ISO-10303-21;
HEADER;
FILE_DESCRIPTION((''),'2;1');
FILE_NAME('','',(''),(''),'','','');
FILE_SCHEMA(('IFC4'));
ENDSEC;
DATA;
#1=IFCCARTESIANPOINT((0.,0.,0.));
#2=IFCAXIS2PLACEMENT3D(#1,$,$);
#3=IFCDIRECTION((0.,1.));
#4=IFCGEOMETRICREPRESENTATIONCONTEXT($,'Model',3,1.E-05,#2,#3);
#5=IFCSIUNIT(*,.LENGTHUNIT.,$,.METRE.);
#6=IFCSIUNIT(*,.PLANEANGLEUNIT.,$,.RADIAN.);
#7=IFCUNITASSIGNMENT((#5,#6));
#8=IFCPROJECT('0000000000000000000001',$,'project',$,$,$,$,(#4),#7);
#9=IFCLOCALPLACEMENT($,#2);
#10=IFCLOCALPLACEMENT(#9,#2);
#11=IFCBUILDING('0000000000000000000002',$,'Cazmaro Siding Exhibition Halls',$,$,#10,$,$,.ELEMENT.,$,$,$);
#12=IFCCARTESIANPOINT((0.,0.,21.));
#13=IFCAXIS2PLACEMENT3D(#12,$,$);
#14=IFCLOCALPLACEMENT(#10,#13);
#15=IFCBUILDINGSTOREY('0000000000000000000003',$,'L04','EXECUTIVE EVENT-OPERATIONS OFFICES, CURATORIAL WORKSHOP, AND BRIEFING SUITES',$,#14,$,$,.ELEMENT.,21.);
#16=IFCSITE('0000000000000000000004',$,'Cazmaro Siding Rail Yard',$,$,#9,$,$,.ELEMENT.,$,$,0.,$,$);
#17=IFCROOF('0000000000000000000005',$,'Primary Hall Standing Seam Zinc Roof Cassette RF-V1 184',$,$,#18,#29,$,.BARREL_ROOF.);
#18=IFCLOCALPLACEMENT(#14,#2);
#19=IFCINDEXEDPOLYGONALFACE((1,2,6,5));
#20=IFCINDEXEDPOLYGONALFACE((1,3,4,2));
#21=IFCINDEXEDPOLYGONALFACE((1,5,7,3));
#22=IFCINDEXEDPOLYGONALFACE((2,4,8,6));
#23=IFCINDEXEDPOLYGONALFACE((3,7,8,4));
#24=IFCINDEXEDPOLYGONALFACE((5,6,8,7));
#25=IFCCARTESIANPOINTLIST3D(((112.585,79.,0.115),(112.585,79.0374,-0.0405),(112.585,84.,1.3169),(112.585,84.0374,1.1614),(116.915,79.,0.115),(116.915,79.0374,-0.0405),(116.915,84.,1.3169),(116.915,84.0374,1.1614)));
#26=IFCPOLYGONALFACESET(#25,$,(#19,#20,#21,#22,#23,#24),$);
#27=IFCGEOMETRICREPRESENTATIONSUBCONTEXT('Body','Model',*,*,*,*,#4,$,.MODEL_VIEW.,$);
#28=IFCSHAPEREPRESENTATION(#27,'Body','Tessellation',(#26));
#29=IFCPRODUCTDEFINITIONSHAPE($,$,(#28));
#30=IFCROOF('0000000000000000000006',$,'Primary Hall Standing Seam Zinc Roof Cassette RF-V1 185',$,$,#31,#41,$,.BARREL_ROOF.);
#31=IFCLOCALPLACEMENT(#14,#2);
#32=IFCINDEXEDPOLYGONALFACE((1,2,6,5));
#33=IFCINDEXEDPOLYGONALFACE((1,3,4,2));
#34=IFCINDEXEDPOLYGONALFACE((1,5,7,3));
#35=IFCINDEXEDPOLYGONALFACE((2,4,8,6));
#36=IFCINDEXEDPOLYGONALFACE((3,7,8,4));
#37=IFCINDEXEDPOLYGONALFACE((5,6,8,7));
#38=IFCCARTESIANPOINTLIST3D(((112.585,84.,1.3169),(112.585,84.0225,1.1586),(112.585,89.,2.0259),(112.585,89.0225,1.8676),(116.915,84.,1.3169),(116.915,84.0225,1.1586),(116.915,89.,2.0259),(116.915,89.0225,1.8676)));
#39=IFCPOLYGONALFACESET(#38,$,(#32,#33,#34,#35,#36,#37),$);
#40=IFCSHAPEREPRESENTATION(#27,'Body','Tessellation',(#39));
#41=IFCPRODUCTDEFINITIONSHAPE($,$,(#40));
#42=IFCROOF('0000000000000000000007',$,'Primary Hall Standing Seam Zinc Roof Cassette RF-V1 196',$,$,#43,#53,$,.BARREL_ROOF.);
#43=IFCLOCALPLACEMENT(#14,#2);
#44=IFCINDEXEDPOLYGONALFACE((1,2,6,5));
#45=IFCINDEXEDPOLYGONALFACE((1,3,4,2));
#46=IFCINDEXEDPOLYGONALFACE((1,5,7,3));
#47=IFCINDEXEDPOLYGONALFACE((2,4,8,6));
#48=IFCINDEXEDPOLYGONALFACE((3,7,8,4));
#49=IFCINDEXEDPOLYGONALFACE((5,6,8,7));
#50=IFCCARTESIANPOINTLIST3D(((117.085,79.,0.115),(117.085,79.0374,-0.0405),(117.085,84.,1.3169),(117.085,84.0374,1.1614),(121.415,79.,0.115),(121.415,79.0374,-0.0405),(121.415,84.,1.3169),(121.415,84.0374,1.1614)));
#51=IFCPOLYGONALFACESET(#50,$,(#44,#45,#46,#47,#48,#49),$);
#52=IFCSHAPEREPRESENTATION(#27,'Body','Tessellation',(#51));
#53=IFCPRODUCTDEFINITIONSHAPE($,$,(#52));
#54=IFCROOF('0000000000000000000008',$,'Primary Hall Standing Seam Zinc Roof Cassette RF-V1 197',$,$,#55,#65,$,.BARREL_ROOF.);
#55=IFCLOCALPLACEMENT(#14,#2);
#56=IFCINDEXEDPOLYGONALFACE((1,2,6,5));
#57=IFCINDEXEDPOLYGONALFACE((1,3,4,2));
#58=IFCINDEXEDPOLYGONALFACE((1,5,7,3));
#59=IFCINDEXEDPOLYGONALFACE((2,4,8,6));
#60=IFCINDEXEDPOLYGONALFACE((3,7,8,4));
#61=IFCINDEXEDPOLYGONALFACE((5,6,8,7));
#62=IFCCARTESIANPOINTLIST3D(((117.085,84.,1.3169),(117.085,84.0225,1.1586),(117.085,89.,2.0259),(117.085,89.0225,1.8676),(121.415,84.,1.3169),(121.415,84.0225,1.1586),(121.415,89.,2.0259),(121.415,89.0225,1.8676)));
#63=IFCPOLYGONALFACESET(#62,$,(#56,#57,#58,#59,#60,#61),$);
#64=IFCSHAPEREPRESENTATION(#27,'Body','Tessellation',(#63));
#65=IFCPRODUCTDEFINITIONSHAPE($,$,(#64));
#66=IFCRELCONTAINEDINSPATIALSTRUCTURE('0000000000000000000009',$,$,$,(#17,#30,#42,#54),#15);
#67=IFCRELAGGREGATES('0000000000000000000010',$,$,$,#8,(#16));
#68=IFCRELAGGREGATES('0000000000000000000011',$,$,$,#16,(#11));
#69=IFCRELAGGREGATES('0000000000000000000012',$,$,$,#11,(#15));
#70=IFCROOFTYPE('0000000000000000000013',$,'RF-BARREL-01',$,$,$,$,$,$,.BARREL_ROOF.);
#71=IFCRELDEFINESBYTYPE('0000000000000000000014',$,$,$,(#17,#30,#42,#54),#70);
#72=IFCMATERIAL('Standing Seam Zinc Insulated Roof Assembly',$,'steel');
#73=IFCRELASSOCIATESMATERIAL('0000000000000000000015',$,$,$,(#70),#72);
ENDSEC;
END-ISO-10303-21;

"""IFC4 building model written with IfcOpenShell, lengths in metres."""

from ifc_helpers import new_model, si_unit, direction, frame, origin, place, context, subcontext, project, spatial, polyline, outline, extrude, material, type_object, element, save


model = new_model("IFC4")

# Units and contexts
model_context = context("Model", 3, precision=1e-05, world=origin(), true_north=direction((0.0, 1.0)))
body_context = subcontext(model_context, "Body", "Model", "MODEL_VIEW")
ifc_project = project(units=[si_unit("LENGTHUNIT", "METRE"), si_unit("PLANEANGLEUNIT", "RADIAN")], contexts=[model_context])

# Site, building, storey
site_placement = place(None, origin())
site = spatial("IfcSite", under=ifc_project, at=site_placement, Name="Cazmaro Siding Rail Yard", CompositionType="ELEMENT", RefElevation=0.0)
building_placement = place(site_placement, origin())
building = spatial("IfcBuilding", under=site, at=building_placement, Name="Cazmaro Siding Exhibition Halls", CompositionType="ELEMENT")
storey_placement = place(building_placement, frame((0.0, 0.0, 21.0)))
storey = spatial("IfcBuildingStorey", under=building, at=storey_placement, Name="L04", Description="EXECUTIVE EVENT-OPERATIONS OFFICES, CURATORIAL WORKSHOP, AND BRIEFING SUITES", CompositionType="ELEMENT", Elevation=21.0)

# Roofs
ifc_material_1 = material(Name="Standing Seam Zinc Insulated Roof Assembly", Category="steel")
roof_type = type_object("IfcRoofType", Name="RF-BARREL-01", PredefinedType="BARREL_ROOF", material=ifc_material_1)
roof_1_placement = place(storey_placement, frame((112.585, 79.0, 0.115), z_axis=(0.0, -0.233723, 0.972303), x_axis=(1.0, 0.0, 0.0)))
element("IfcRoof", 1, at=roof_1_placement, inside=storey, type_object=roof_type, Name="Primary Hall Standing Seam Zinc Roof Cassette RF-V1 184", PredefinedType="BARREL_ROOF", context=body_context, shape_type="SweptSolid", body=[
    extrude(outline(polyline([(0.0, 0.0), (4.3301, 0.0), (4.3301, 5.1424), (0.0, 5.1424), (0.0, 0.0)])), origin(), (0.0, 0.0, -1.0), 0.1599),
])
roof_2_placement = place(storey_placement, frame((112.585, 84.0, 1.3169), z_axis=(0.0, -0.140393, 0.990096), x_axis=(1.0, 0.0, 0.0)))
element("IfcRoof", 2, at=roof_2_placement, inside=storey, type_object=roof_type, Name="Primary Hall Standing Seam Zinc Roof Cassette RF-V1 185", PredefinedType="BARREL_ROOF", context=body_context, shape_type="SweptSolid", body=[
    extrude(outline(polyline([(0.0, 0.0), (4.3301, 0.0), (4.3301, 5.05), (0.0, 5.05), (0.0, 0.0)])), origin(), (0.0, 0.0, -1.0), 0.1599),
])
roof_3_placement = place(storey_placement, frame((117.085, 79.0, 0.115), z_axis=(0.0, -0.233723, 0.972303), x_axis=(1.0, 0.0, 0.0)))
element("IfcRoof", 3, at=roof_3_placement, inside=storey, type_object=roof_type, Name="Primary Hall Standing Seam Zinc Roof Cassette RF-V1 196", PredefinedType="BARREL_ROOF", context=body_context, shape_type="SweptSolid", body=[
    extrude(outline(polyline([(0.0, 0.0), (4.3301, 0.0), (4.3301, 5.1424), (0.0, 5.1424), (0.0, 0.0)])), origin(), (0.0, 0.0, -1.0), 0.1599),
])
roof_4_placement = place(storey_placement, frame((117.085, 84.0, 1.3169), z_axis=(0.0, -0.140393, 0.990096), x_axis=(1.0, 0.0, 0.0)))
element("IfcRoof", 4, at=roof_4_placement, inside=storey, type_object=roof_type, Name="Primary Hall Standing Seam Zinc Roof Cassette RF-V1 197", PredefinedType="BARREL_ROOF", context=body_context, shape_type="SweptSolid", body=[
    extrude(outline(polyline([(0.0, 0.0), (4.3301, 0.0), (4.3301, 5.05), (0.0, 5.05), (0.0, 0.0)])), origin(), (0.0, 0.0, -1.0), 0.1599),
])

save(model, "model.ifc")
